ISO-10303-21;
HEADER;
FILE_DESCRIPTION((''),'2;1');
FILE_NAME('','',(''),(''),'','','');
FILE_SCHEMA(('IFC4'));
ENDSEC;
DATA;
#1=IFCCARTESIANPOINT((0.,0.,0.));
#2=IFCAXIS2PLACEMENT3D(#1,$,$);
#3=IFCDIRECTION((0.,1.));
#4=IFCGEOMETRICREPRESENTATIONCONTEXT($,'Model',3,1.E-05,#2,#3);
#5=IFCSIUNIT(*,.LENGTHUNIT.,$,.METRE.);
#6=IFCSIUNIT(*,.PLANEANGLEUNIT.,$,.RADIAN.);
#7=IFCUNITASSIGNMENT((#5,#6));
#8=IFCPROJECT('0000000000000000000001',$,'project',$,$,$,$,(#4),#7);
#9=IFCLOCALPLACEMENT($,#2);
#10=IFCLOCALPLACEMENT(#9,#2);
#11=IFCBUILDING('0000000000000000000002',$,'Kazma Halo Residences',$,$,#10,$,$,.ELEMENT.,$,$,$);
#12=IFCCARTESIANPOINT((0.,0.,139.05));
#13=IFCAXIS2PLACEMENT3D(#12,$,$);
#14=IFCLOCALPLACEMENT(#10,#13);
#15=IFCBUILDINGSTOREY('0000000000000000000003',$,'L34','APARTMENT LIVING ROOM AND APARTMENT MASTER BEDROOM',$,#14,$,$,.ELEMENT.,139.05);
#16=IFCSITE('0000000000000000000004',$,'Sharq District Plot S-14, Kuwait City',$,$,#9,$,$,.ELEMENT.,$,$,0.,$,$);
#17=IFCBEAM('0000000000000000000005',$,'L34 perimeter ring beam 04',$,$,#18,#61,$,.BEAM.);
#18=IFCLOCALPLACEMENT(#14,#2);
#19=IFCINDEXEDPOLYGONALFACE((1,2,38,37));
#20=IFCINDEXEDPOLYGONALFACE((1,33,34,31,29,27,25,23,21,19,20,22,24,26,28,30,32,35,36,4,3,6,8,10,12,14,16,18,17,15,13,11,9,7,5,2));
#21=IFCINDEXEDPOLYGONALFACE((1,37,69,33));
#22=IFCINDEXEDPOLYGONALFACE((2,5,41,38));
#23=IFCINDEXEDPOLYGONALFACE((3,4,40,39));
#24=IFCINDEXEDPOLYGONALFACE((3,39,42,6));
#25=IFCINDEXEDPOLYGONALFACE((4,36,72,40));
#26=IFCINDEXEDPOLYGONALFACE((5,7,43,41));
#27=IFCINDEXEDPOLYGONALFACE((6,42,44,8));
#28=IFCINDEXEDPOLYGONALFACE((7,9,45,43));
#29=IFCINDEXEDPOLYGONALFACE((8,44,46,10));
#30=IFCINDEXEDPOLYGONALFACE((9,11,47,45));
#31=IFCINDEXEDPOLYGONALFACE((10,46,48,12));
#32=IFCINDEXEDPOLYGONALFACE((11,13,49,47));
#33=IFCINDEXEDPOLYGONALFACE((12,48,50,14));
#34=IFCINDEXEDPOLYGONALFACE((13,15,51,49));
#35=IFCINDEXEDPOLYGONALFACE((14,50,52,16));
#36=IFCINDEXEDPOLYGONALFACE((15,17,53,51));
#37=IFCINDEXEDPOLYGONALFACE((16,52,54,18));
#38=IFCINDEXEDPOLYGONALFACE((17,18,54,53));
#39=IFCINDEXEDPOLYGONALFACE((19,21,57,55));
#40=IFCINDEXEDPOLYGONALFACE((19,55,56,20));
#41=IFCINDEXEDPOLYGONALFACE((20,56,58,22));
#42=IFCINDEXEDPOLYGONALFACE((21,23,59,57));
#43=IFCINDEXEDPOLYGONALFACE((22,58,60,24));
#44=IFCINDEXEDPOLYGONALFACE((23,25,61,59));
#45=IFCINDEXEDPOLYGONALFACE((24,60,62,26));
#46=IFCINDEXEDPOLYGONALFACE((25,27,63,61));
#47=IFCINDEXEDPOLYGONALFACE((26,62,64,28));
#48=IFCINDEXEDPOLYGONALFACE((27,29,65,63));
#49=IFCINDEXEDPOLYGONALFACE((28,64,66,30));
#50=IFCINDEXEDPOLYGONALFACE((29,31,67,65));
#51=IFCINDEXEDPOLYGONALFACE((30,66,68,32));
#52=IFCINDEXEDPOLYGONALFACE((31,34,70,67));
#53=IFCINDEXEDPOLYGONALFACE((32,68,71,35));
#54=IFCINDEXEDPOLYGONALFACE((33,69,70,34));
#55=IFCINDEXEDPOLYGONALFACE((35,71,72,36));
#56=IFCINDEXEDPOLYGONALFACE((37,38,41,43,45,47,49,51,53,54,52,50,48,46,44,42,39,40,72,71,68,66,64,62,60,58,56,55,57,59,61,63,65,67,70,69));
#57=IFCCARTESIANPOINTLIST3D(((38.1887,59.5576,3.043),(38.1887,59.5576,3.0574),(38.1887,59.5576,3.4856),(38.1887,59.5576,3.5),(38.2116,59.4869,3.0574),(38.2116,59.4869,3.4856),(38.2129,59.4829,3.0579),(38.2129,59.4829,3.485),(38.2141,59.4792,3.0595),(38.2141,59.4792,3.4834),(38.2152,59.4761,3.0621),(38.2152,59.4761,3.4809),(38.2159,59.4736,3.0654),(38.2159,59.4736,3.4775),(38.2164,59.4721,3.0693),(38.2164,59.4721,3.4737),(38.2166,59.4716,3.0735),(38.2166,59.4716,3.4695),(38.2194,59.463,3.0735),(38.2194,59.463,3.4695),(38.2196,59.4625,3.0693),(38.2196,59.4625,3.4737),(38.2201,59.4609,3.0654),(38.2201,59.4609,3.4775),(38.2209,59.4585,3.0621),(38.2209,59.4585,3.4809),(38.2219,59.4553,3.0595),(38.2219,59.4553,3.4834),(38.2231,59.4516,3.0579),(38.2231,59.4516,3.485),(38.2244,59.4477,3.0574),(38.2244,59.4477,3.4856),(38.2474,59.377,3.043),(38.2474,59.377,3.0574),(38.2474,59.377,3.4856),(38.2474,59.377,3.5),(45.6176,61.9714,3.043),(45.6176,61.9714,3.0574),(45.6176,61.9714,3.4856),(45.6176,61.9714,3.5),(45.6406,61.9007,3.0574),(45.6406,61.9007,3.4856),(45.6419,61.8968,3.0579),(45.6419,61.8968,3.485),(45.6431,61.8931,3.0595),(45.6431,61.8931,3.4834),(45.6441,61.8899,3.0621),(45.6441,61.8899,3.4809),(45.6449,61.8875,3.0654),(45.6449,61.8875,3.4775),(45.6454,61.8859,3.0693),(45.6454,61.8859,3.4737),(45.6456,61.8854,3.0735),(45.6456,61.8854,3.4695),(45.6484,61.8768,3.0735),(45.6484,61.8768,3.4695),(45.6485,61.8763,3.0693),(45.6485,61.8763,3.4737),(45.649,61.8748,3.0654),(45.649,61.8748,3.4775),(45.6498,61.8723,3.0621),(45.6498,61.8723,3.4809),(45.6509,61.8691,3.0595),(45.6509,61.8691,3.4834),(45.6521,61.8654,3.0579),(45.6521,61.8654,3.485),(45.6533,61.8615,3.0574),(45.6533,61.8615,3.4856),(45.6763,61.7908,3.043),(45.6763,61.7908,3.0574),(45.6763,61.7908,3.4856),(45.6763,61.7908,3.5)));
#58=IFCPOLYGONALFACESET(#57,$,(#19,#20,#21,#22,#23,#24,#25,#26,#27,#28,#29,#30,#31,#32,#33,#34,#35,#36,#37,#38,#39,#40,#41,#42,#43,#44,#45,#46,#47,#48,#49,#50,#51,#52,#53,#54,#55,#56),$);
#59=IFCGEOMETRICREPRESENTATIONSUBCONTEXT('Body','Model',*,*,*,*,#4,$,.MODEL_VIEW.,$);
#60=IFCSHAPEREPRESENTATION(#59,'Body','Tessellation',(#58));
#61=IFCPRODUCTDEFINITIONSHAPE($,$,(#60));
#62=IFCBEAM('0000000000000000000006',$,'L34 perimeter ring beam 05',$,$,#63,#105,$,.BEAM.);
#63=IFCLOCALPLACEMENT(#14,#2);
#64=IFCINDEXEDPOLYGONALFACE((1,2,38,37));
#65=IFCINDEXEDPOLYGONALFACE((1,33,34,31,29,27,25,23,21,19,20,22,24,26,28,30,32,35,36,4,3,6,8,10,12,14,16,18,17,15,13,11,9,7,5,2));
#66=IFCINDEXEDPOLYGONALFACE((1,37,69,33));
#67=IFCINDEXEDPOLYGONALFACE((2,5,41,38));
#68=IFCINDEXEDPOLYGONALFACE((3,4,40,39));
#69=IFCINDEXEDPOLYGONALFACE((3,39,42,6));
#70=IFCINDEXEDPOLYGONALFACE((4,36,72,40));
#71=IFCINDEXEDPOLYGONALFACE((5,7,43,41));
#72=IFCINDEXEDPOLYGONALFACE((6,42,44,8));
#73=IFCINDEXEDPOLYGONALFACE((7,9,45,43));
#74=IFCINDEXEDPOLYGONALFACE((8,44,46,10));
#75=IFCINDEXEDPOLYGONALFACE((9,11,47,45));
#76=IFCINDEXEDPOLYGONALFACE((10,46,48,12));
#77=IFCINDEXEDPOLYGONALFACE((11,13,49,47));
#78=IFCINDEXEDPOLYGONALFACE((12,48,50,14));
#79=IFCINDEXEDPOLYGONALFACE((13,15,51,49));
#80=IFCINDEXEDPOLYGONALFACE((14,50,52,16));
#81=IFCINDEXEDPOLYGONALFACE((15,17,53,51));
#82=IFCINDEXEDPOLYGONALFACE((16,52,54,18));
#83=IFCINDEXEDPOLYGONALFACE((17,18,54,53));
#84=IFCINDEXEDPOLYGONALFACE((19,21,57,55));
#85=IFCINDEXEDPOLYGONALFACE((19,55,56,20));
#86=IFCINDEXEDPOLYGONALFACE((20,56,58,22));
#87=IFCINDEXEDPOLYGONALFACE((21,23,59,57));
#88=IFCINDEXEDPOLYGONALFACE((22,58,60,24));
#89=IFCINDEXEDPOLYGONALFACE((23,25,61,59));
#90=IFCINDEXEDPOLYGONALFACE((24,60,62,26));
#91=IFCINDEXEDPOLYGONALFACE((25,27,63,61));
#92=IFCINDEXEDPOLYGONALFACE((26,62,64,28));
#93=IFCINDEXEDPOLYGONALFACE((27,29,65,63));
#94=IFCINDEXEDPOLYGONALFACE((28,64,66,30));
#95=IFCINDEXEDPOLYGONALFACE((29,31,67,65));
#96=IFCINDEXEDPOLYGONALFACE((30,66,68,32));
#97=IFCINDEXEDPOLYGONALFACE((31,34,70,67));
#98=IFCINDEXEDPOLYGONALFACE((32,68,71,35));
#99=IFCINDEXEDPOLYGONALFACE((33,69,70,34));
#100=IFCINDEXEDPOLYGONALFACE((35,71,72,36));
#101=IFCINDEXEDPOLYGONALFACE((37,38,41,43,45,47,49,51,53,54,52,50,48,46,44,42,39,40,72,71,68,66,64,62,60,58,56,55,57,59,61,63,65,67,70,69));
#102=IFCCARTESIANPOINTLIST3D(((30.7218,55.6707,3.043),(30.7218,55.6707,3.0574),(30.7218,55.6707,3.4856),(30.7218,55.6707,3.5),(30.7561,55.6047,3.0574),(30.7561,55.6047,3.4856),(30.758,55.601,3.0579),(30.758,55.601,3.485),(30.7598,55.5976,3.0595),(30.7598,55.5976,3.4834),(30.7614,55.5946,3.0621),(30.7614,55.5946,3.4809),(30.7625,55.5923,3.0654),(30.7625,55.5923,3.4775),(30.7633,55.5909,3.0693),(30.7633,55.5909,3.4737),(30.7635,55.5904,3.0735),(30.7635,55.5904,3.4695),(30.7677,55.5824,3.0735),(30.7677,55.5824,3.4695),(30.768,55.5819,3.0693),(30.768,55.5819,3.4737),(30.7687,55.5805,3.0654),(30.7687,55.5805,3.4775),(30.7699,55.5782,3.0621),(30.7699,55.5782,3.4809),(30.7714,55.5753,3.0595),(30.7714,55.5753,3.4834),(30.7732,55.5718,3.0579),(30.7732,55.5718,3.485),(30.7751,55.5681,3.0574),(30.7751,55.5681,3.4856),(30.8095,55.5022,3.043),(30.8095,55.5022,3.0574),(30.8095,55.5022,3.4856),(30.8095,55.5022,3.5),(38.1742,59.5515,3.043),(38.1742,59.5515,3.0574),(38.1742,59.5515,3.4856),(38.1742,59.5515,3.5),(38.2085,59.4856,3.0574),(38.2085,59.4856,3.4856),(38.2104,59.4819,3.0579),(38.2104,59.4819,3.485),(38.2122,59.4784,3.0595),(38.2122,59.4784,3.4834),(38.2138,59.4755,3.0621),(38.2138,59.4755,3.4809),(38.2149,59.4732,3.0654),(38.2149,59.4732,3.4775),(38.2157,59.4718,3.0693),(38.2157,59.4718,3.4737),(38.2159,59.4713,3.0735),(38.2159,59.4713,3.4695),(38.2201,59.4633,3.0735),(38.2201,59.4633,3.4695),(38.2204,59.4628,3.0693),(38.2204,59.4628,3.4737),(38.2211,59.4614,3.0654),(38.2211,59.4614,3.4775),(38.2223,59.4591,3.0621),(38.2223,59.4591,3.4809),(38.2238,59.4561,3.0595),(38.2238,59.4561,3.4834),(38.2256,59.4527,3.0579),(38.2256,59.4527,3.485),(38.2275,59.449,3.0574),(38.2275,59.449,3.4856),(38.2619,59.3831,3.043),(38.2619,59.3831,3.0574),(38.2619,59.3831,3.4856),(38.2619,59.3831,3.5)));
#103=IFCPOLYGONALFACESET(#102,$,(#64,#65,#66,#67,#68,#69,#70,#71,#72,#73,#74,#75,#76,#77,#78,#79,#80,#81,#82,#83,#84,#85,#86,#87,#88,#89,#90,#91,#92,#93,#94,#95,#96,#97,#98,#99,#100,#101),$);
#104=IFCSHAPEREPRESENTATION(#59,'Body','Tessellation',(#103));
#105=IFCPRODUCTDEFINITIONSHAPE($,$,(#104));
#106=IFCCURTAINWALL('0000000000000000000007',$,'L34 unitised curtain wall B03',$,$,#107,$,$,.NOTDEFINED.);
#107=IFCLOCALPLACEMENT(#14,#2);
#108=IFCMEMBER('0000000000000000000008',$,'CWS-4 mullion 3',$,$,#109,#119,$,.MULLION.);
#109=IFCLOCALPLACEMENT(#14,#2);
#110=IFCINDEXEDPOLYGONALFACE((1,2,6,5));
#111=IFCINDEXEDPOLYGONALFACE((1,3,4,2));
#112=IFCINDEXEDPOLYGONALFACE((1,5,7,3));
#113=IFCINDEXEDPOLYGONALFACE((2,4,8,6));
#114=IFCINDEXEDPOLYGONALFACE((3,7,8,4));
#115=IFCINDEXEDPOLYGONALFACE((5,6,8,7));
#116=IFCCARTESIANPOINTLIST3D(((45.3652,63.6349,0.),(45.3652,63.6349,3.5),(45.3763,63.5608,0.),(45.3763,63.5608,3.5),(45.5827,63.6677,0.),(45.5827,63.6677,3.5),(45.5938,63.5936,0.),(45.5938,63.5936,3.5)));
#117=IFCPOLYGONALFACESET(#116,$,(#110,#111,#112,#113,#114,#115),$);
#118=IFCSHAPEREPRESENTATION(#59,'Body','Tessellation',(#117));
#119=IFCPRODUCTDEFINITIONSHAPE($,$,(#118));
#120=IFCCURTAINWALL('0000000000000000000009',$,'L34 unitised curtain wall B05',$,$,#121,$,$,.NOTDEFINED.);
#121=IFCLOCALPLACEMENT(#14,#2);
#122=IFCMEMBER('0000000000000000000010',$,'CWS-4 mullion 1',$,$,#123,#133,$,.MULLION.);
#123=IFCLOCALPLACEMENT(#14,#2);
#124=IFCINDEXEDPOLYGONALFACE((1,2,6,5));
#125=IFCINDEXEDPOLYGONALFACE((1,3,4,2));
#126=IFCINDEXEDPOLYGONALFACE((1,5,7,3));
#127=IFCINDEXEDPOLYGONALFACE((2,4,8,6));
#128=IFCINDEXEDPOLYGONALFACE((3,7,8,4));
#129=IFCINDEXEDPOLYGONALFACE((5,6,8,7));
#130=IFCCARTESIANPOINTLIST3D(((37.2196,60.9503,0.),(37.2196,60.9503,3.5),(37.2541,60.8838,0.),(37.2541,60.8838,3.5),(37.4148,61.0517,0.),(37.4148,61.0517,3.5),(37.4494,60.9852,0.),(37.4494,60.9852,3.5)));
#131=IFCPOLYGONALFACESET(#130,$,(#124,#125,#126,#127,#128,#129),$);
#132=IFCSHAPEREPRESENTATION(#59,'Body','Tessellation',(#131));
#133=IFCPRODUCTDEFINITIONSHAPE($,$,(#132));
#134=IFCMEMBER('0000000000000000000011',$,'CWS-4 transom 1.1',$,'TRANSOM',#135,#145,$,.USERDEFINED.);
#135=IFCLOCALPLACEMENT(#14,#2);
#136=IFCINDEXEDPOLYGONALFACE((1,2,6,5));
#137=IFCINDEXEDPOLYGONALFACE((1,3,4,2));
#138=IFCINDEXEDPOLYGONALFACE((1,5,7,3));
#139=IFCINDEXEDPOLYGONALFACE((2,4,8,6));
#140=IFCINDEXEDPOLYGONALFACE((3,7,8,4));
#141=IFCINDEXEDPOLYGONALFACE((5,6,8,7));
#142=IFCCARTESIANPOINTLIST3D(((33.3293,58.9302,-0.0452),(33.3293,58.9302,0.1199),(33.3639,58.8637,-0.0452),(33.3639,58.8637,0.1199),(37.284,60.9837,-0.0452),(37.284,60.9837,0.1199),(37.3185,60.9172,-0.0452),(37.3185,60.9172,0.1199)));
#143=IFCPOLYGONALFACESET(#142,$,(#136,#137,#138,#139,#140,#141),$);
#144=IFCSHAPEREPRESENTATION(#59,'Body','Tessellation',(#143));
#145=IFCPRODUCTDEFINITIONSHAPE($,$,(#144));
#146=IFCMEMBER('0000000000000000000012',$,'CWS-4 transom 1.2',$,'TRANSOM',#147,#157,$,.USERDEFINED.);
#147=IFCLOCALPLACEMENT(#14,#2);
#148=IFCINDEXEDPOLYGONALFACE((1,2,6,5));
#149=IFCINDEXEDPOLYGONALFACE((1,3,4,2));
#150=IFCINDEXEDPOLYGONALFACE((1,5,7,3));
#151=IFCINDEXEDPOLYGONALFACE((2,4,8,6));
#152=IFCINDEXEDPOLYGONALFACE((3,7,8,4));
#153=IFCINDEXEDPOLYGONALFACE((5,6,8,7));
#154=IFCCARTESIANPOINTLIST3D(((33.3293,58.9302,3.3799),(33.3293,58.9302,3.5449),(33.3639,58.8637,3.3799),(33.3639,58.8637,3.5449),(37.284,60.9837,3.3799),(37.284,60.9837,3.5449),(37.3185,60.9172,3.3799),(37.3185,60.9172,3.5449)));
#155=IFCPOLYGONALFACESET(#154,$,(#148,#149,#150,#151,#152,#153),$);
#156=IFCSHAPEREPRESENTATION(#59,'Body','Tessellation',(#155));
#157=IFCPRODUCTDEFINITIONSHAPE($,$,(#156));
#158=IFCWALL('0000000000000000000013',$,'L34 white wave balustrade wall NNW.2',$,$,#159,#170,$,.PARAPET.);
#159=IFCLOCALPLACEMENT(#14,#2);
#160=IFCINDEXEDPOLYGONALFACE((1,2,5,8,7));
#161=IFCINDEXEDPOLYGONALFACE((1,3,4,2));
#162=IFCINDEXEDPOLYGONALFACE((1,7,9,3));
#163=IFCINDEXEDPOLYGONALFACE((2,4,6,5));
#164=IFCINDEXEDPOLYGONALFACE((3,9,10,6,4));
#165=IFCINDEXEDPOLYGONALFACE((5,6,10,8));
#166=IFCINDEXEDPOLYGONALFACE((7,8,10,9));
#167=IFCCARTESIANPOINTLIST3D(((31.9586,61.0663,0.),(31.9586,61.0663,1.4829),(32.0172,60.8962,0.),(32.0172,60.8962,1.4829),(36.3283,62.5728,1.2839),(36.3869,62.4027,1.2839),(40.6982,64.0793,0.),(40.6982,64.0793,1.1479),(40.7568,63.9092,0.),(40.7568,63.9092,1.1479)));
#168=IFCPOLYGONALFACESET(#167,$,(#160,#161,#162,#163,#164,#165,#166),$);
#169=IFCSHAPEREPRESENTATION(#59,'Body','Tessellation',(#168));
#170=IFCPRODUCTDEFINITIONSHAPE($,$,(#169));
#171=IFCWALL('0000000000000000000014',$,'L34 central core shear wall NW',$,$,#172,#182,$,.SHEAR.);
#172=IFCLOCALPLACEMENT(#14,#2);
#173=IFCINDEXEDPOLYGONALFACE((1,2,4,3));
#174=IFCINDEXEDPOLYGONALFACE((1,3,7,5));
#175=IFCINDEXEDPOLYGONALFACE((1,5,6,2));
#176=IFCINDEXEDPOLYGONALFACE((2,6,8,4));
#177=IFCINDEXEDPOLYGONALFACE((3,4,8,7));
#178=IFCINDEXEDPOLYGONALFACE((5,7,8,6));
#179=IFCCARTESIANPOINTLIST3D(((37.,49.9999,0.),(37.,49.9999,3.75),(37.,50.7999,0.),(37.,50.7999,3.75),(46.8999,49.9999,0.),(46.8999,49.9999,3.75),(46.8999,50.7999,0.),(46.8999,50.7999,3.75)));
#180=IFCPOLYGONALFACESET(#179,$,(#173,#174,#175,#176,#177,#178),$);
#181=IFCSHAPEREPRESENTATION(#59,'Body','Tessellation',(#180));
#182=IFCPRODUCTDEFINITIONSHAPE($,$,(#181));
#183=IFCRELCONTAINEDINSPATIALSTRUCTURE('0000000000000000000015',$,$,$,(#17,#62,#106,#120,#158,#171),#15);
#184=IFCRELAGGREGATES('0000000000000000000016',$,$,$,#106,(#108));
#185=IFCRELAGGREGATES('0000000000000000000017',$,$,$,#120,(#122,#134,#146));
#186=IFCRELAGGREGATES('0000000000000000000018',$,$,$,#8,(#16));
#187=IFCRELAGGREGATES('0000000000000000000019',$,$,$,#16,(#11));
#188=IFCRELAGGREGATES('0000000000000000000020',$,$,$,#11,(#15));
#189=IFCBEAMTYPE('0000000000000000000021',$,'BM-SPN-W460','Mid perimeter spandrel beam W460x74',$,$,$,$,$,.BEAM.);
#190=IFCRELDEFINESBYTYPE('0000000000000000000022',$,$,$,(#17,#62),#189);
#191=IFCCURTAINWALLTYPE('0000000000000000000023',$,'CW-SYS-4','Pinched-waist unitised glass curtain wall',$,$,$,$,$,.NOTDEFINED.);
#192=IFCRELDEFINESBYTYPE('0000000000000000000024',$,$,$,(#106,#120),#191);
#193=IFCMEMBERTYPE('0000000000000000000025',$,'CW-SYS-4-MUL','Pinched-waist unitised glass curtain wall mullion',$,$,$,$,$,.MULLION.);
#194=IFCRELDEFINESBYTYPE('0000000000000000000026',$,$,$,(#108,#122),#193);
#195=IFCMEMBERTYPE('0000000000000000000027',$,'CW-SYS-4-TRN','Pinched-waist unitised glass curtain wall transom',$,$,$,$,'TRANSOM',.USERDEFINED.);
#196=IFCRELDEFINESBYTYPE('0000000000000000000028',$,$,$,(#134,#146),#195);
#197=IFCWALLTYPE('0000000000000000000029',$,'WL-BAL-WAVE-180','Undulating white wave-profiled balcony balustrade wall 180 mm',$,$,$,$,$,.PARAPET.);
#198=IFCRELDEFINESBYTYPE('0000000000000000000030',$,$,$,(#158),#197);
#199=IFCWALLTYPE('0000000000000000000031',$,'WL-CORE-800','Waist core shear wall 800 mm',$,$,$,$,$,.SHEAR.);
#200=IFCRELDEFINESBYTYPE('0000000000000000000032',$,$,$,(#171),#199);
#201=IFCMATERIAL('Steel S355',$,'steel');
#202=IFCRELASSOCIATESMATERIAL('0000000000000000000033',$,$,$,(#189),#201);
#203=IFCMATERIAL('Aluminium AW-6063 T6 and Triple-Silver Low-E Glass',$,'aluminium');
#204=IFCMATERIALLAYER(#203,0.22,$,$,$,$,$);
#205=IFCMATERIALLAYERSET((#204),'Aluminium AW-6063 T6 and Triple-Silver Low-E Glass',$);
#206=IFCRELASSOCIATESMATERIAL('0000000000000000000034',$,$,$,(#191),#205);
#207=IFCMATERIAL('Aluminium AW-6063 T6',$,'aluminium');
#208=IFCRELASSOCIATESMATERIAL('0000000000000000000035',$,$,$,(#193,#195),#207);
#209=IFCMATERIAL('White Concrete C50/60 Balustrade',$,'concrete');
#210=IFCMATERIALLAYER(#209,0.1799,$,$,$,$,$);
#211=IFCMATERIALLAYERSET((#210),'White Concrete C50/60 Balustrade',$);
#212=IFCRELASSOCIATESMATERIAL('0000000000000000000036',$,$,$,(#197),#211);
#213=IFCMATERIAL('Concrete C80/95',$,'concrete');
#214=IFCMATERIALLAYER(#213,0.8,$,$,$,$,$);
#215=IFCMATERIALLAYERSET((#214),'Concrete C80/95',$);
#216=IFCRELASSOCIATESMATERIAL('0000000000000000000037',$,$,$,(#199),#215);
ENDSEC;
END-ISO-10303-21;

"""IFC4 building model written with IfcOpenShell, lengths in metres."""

from ifc_helpers import new_model, si_unit, direction, frame, frame_2d, origin, origin_2d, place, context, subcontext, project, spatial, polyline, rectangle, i_section, outline, extrude, material, layer, layer_set, material_profile, profile_set, type_object, element, aggregate, save


model = new_model("IFC4")

# Units and contexts
model_context = context("Model", 3, precision=1e-05, world=origin(), true_north=direction((0.0, 1.0)))
body_context = subcontext(model_context, "Body", "Model", "MODEL_VIEW")
ifc_project = project(units=[si_unit("LENGTHUNIT", "METRE"), si_unit("PLANEANGLEUNIT", "RADIAN")], contexts=[model_context])

# Site, building, storey
site_placement = place(None, origin())
site = spatial("IfcSite", under=ifc_project, at=site_placement, Name="Sharq District Plot S-14, Kuwait City", CompositionType="ELEMENT", RefElevation=0.0)
building_placement = place(site_placement, origin())
building = spatial("IfcBuilding", under=site, at=building_placement, Name="Kazma Halo Residences", CompositionType="ELEMENT")
storey_placement = place(building_placement, frame((0.0, 0.0, 139.05)))
storey = spatial("IfcBuildingStorey", under=building, at=storey_placement, Name="L34", Description="APARTMENT LIVING ROOM AND APARTMENT MASTER BEDROOM", CompositionType="ELEMENT", Elevation=139.05)

# Shared definitions
ifc_material_1 = material(Name="Concrete C80/95", Category="concrete")

# Beams
ifc_material_2 = material(Name="Steel S355", Category="steel")
ifc_material_profile_1 = material_profile(ifc_material_2, i_section(OverallWidth=0.1899, OverallDepth=0.457, WebThickness=0.009, FlangeThickness=0.0144, FilletRadius=0.0161, at=origin_2d()), Name="W460x74")
ifc_profile_set_1 = profile_set([ifc_material_profile_1], Name="Steel S355")
beam_type_1 = type_object("IfcBeamType", Name="BM-SPN-W460", Description="Mid perimeter spandrel beam W460x74", PredefinedType="BEAM", material=ifc_profile_set_1)
beam_1_placement = place(storey_placement, frame((45.647, 61.8811, 3.2715), z_axis=(-0.951056, -0.309018, 0.0), x_axis=(0.309018, -0.951056, 0.0)))
element("IfcBeam", 1, at=beam_1_placement, inside=storey, type_object=beam_type_1, Name="L34 perimeter ring beam 04", PredefinedType="BEAM", context=body_context, shape_type="SweptSolid", body=[
    extrude(i_section(OverallWidth=0.1899, OverallDepth=0.457, WebThickness=0.009, FlangeThickness=0.0144, FilletRadius=0.0161, at=origin_2d()), origin(), (0.0, 0.0, 1.0), 7.8113),
])
beam_2_placement = place(storey_placement, frame((38.218, 59.4673, 3.2715), z_axis=(-0.886943, -0.461879, 0.0), x_axis=(0.461879, -0.886943, 0.0)))
element("IfcBeam", 2, at=beam_2_placement, inside=storey, type_object=beam_type_1, Name="L34 perimeter ring beam 05", PredefinedType="BEAM", context=body_context, shape_type="SweptSolid", body=[
    extrude(i_section(OverallWidth=0.1899, OverallDepth=0.457, WebThickness=0.009, FlangeThickness=0.0144, FilletRadius=0.0161, at=origin_2d()), origin(), (0.0, 0.0, 1.0), 8.4023),
])

# Curtain wall, member
ifc_material_3 = material(Name="Aluminium AW-6063 T6 and Triple-Silver Low-E Glass", Category="aluminium")
ifc_layer_1 = layer(ifc_material_3, 0.22)
ifc_layer_set_1 = layer_set([ifc_layer_1], Name="Aluminium AW-6063 T6 and Triple-Silver Low-E Glass")
curtain_wall_type = type_object("IfcCurtainWallType", Name="CW-SYS-4", Description="Pinched-waist unitised glass curtain wall", PredefinedType="NOTDEFINED", material=ifc_layer_set_1)
curtain_wall_1_placement = place(storey_placement, origin())
curtain_wall_1 = element("IfcCurtainWall", 3, at=curtain_wall_1_placement, inside=storey, type_object=curtain_wall_type, Name="L34 unitised curtain wall B03", PredefinedType="NOTDEFINED")
ifc_material_4 = material(Name="Aluminium AW-6063 T6", Category="aluminium")
ifc_material_profile_2 = material_profile(ifc_material_4, rectangle(XDim=0.075, YDim=0.22, at=origin_2d()), Name="CWM-75x220")
ifc_profile_set_2 = profile_set([ifc_material_profile_2], Name="Aluminium AW-6063 T6")
member_type_1 = type_object("IfcMemberType", Name="CW-SYS-4-MUL", Description="Pinched-waist unitised glass curtain wall mullion", PredefinedType="MULLION", material=ifc_profile_set_2)
member_1_placement = place(storey_placement, frame((45.4795, 63.6143, 0.0), z_axis=(0.0, 0.0, 1.0), x_axis=(0.148821, -0.988864, 0.0)))
member_1 = element("IfcMember", 4, at=member_1_placement, type_object=member_type_1, Name="CWS-4 mullion 3", PredefinedType="MULLION", context=body_context, shape_type="SweptSolid", body=[
    extrude(rectangle(XDim=0.075, YDim=0.22, at=origin_2d()), origin(), (0.0, 0.0, 1.0), 3.5),
])
aggregate(curtain_wall_1, [member_1])

# Curtain wall, members
curtain_wall_2_placement = place(storey_placement, origin())
curtain_wall_2 = element("IfcCurtainWall", 5, at=curtain_wall_2_placement, inside=storey, type_object=curtain_wall_type, Name="L34 unitised curtain wall B05", PredefinedType="NOTDEFINED")
member_2_placement = place(storey_placement, frame((37.3345, 60.9678, 0.0), z_axis=(0.0, 0.0, 1.0), x_axis=(0.460837, -0.887485, 0.0)))
member_2 = element("IfcMember", 6, at=member_2_placement, type_object=member_type_1, Name="CWS-4 mullion 1", PredefinedType="MULLION", context=body_context, shape_type="SweptSolid", body=[
    extrude(rectangle(XDim=0.075, YDim=0.22, at=origin_2d()), origin(), (0.0, 0.0, 1.0), 3.5),
])
ifc_material_profile_3 = material_profile(ifc_material_4, rectangle(XDim=0.075, YDim=0.165, at=origin_2d()), Name="CWT-75x165")
ifc_profile_set_3 = profile_set([ifc_material_profile_3], Name="Aluminium AW-6063 T6")
member_type_2 = type_object("IfcMemberType", Name="CW-SYS-4-TRN", Description="Pinched-waist unitised glass curtain wall transom", ElementType="TRANSOM", PredefinedType="USERDEFINED", material=ifc_profile_set_3)
member_3_placement = place(storey_placement, frame((37.3013, 60.9504, 0.0374), z_axis=(-0.887485, -0.460837, 0.0), x_axis=(0.460837, -0.887485, 0.0)))
member_3 = element("IfcMember", 7, at=member_3_placement, type_object=member_type_2, Name="CWS-4 transom 1.1", ObjectType="TRANSOM", PredefinedType="USERDEFINED", context=body_context, shape_type="SweptSolid", body=[
    extrude(rectangle(XDim=0.075, YDim=0.165, at=origin_2d()), origin(), (0.0, 0.0, 1.0), 4.4561),
])
member_4_placement = place(storey_placement, frame((37.3013, 60.9504, 3.4624), z_axis=(-0.887485, -0.460837, 0.0), x_axis=(0.460837, -0.887485, 0.0)))
member_4 = element("IfcMember", 8, at=member_4_placement, type_object=member_type_2, Name="CWS-4 transom 1.2", ObjectType="TRANSOM", PredefinedType="USERDEFINED", context=body_context, shape_type="SweptSolid", body=[
    extrude(rectangle(XDim=0.075, YDim=0.165, at=origin_2d()), origin(), (0.0, 0.0, 1.0), 4.4561),
])
aggregate(curtain_wall_2, [member_2, member_3, member_4])

# Walls
ifc_material_5 = material(Name="White Concrete C50/60 Balustrade", Category="concrete")
ifc_layer_2 = layer(ifc_material_5, 0.1799)
ifc_layer_set_2 = layer_set([ifc_layer_2], Name="White Concrete C50/60 Balustrade")
wall_type_1 = type_object("IfcWallType", Name="WL-BAL-WAVE-180", Description="Undulating white wave-profiled balcony balustrade wall 180 mm", PredefinedType="PARAPET", material=ifc_layer_set_2)
wall_1_placement = place(storey_placement, frame((40.7275, 63.9941, 0.0), z_axis=(0.0, 0.0, 1.0), x_axis=(-0.945396, -0.325925, 0.0)))
element("IfcWall", 9, at=wall_1_placement, inside=storey, type_object=wall_type_1, Name="L34 white wave balustrade wall NNW.2", PredefinedType="PARAPET", context=body_context, shape_type="SweptSolid", body=[
    extrude(outline(polyline([(0.0, 0.0), (9.2444, 0.0), (9.2444, 1.4829), (4.6223, 1.2839), (0.0, 1.1479), (0.0, 0.0)])), frame((0.0, 0.0898, 0.0), z_axis=(0.0, -1.0, 0.0), x_axis=(1.0, 0.0, 0.0)), (0.0, 0.0, 1.0), 0.1799),
])
ifc_layer_3 = layer(ifc_material_1, 0.8)
ifc_layer_set_3 = layer_set([ifc_layer_3], Name="Concrete C80/95")
wall_type_2 = type_object("IfcWallType", Name="WL-CORE-800", Description="Waist core shear wall 800 mm", PredefinedType="SHEAR", material=ifc_layer_set_3)
wall_2_placement = place(storey_placement, frame((37.0, 50.3999, 0.0), z_axis=(0.0, 0.0, 1.0), x_axis=(1.0, 0.0, 0.0)))
element("IfcWall", 10, at=wall_2_placement, inside=storey, type_object=wall_type_2, Name="L34 central core shear wall NW", PredefinedType="SHEAR", context=body_context, shape_type="SweptSolid", body=[
    extrude(rectangle(XDim=9.8999, YDim=0.8, at=frame_2d((4.95, 0.0))), origin(), (0.0, 0.0, 1.0), 3.75),
])

save(model, "model.ifc")
